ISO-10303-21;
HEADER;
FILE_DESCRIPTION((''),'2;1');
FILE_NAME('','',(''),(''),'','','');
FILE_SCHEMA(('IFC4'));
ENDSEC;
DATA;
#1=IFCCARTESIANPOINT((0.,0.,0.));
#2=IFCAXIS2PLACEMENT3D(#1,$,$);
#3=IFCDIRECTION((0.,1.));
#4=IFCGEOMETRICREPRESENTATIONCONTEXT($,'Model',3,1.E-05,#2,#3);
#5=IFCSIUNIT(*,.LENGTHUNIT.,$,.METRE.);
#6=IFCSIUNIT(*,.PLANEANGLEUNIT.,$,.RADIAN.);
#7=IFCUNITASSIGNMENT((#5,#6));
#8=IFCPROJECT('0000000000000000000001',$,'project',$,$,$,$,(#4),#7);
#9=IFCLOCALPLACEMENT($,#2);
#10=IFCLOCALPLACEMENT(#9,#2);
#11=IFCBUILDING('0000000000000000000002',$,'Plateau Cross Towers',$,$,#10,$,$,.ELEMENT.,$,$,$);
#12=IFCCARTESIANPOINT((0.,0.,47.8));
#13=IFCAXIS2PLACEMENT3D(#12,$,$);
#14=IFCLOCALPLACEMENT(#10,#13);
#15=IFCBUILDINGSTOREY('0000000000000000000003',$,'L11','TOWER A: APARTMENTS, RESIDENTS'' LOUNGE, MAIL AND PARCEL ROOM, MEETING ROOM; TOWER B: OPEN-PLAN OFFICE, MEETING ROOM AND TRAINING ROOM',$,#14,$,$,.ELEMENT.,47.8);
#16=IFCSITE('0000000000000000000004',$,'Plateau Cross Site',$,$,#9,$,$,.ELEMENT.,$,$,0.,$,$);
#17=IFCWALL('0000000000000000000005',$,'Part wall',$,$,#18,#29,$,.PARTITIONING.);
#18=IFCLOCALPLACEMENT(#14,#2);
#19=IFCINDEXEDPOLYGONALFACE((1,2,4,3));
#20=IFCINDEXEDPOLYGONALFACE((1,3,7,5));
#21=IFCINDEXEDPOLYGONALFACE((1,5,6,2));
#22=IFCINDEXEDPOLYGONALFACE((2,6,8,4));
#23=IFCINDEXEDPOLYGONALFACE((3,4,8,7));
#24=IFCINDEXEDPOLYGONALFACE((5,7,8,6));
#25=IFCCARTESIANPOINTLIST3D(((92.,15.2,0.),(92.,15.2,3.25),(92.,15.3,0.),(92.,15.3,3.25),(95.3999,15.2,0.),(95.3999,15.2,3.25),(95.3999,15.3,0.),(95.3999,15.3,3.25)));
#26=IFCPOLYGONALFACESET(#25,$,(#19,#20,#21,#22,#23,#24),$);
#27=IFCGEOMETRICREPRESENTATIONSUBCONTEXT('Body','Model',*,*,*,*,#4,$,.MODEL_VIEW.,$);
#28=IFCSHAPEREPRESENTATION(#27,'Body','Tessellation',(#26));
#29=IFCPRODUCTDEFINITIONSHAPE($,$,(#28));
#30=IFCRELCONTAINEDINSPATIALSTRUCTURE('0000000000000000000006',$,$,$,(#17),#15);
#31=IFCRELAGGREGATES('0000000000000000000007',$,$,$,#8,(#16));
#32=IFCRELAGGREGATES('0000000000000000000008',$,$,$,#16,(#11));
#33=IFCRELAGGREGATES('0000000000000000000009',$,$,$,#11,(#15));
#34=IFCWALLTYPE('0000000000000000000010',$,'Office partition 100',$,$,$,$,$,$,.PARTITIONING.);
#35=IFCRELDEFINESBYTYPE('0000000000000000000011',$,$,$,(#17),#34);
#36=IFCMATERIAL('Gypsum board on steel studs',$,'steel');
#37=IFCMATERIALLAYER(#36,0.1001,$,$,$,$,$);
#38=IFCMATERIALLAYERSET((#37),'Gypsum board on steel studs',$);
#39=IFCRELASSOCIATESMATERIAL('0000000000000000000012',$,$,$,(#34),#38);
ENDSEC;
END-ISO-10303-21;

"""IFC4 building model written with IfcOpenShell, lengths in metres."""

from ifc_helpers import new_model, si_unit, direction, frame, frame_2d, origin, place, context, subcontext, project, spatial, rectangle, extrude, material, layer, layer_set, type_object, element, save


model = new_model("IFC4")

# Units and contexts
model_context = context("Model", 3, precision=1e-05, world=origin(), true_north=direction((0.0, 1.0)))
body_context = subcontext(model_context, "Body", "Model", "MODEL_VIEW")
ifc_project = project(units=[si_unit("LENGTHUNIT", "METRE"), si_unit("PLANEANGLEUNIT", "RADIAN")], contexts=[model_context])

# Site, building, storey
site_placement = place(None, origin())
site = spatial("IfcSite", under=ifc_project, at=site_placement, Name="Plateau Cross Site", CompositionType="ELEMENT", RefElevation=0.0)
building_placement = place(site_placement, origin())
building = spatial("IfcBuilding", under=site, at=building_placement, Name="Plateau Cross Towers", CompositionType="ELEMENT")
storey_placement = place(building_placement, frame((0.0, 0.0, 47.8)))
storey = spatial("IfcBuildingStorey", under=building, at=storey_placement, Name="L11", Description="TOWER A: APARTMENTS, RESIDENTS' LOUNGE, MAIL AND PARCEL ROOM, MEETING ROOM; TOWER B: OPEN-PLAN OFFICE, MEETING ROOM AND TRAINING ROOM", CompositionType="ELEMENT", Elevation=47.8)

# Wall
ifc_material_1 = material(Name="Gypsum board on steel studs", Category="steel")
ifc_layer_1 = layer(ifc_material_1, 0.1001)
ifc_layer_set_1 = layer_set([ifc_layer_1], Name="Gypsum board on steel studs")
wall_type_1 = type_object("IfcWallType", Name="Office partition 100", PredefinedType="PARTITIONING", material=ifc_layer_set_1)
wall_1_placement = place(storey_placement, frame((92.0, 15.25, 0.0), z_axis=(0.0, 0.0, 1.0), x_axis=(1.0, 0.0, 0.0)))
element("IfcWall", 1, at=wall_1_placement, inside=storey, type_object=wall_type_1, Name="Part wall", PredefinedType="PARTITIONING", context=body_context, shape_type="SweptSolid", body=[
    extrude(rectangle(XDim=3.3999, YDim=0.1001, at=frame_2d((1.7, 0.0))), origin(), (0.0, 0.0, 1.0), 3.25),
])

save(model, "model.ifc")
